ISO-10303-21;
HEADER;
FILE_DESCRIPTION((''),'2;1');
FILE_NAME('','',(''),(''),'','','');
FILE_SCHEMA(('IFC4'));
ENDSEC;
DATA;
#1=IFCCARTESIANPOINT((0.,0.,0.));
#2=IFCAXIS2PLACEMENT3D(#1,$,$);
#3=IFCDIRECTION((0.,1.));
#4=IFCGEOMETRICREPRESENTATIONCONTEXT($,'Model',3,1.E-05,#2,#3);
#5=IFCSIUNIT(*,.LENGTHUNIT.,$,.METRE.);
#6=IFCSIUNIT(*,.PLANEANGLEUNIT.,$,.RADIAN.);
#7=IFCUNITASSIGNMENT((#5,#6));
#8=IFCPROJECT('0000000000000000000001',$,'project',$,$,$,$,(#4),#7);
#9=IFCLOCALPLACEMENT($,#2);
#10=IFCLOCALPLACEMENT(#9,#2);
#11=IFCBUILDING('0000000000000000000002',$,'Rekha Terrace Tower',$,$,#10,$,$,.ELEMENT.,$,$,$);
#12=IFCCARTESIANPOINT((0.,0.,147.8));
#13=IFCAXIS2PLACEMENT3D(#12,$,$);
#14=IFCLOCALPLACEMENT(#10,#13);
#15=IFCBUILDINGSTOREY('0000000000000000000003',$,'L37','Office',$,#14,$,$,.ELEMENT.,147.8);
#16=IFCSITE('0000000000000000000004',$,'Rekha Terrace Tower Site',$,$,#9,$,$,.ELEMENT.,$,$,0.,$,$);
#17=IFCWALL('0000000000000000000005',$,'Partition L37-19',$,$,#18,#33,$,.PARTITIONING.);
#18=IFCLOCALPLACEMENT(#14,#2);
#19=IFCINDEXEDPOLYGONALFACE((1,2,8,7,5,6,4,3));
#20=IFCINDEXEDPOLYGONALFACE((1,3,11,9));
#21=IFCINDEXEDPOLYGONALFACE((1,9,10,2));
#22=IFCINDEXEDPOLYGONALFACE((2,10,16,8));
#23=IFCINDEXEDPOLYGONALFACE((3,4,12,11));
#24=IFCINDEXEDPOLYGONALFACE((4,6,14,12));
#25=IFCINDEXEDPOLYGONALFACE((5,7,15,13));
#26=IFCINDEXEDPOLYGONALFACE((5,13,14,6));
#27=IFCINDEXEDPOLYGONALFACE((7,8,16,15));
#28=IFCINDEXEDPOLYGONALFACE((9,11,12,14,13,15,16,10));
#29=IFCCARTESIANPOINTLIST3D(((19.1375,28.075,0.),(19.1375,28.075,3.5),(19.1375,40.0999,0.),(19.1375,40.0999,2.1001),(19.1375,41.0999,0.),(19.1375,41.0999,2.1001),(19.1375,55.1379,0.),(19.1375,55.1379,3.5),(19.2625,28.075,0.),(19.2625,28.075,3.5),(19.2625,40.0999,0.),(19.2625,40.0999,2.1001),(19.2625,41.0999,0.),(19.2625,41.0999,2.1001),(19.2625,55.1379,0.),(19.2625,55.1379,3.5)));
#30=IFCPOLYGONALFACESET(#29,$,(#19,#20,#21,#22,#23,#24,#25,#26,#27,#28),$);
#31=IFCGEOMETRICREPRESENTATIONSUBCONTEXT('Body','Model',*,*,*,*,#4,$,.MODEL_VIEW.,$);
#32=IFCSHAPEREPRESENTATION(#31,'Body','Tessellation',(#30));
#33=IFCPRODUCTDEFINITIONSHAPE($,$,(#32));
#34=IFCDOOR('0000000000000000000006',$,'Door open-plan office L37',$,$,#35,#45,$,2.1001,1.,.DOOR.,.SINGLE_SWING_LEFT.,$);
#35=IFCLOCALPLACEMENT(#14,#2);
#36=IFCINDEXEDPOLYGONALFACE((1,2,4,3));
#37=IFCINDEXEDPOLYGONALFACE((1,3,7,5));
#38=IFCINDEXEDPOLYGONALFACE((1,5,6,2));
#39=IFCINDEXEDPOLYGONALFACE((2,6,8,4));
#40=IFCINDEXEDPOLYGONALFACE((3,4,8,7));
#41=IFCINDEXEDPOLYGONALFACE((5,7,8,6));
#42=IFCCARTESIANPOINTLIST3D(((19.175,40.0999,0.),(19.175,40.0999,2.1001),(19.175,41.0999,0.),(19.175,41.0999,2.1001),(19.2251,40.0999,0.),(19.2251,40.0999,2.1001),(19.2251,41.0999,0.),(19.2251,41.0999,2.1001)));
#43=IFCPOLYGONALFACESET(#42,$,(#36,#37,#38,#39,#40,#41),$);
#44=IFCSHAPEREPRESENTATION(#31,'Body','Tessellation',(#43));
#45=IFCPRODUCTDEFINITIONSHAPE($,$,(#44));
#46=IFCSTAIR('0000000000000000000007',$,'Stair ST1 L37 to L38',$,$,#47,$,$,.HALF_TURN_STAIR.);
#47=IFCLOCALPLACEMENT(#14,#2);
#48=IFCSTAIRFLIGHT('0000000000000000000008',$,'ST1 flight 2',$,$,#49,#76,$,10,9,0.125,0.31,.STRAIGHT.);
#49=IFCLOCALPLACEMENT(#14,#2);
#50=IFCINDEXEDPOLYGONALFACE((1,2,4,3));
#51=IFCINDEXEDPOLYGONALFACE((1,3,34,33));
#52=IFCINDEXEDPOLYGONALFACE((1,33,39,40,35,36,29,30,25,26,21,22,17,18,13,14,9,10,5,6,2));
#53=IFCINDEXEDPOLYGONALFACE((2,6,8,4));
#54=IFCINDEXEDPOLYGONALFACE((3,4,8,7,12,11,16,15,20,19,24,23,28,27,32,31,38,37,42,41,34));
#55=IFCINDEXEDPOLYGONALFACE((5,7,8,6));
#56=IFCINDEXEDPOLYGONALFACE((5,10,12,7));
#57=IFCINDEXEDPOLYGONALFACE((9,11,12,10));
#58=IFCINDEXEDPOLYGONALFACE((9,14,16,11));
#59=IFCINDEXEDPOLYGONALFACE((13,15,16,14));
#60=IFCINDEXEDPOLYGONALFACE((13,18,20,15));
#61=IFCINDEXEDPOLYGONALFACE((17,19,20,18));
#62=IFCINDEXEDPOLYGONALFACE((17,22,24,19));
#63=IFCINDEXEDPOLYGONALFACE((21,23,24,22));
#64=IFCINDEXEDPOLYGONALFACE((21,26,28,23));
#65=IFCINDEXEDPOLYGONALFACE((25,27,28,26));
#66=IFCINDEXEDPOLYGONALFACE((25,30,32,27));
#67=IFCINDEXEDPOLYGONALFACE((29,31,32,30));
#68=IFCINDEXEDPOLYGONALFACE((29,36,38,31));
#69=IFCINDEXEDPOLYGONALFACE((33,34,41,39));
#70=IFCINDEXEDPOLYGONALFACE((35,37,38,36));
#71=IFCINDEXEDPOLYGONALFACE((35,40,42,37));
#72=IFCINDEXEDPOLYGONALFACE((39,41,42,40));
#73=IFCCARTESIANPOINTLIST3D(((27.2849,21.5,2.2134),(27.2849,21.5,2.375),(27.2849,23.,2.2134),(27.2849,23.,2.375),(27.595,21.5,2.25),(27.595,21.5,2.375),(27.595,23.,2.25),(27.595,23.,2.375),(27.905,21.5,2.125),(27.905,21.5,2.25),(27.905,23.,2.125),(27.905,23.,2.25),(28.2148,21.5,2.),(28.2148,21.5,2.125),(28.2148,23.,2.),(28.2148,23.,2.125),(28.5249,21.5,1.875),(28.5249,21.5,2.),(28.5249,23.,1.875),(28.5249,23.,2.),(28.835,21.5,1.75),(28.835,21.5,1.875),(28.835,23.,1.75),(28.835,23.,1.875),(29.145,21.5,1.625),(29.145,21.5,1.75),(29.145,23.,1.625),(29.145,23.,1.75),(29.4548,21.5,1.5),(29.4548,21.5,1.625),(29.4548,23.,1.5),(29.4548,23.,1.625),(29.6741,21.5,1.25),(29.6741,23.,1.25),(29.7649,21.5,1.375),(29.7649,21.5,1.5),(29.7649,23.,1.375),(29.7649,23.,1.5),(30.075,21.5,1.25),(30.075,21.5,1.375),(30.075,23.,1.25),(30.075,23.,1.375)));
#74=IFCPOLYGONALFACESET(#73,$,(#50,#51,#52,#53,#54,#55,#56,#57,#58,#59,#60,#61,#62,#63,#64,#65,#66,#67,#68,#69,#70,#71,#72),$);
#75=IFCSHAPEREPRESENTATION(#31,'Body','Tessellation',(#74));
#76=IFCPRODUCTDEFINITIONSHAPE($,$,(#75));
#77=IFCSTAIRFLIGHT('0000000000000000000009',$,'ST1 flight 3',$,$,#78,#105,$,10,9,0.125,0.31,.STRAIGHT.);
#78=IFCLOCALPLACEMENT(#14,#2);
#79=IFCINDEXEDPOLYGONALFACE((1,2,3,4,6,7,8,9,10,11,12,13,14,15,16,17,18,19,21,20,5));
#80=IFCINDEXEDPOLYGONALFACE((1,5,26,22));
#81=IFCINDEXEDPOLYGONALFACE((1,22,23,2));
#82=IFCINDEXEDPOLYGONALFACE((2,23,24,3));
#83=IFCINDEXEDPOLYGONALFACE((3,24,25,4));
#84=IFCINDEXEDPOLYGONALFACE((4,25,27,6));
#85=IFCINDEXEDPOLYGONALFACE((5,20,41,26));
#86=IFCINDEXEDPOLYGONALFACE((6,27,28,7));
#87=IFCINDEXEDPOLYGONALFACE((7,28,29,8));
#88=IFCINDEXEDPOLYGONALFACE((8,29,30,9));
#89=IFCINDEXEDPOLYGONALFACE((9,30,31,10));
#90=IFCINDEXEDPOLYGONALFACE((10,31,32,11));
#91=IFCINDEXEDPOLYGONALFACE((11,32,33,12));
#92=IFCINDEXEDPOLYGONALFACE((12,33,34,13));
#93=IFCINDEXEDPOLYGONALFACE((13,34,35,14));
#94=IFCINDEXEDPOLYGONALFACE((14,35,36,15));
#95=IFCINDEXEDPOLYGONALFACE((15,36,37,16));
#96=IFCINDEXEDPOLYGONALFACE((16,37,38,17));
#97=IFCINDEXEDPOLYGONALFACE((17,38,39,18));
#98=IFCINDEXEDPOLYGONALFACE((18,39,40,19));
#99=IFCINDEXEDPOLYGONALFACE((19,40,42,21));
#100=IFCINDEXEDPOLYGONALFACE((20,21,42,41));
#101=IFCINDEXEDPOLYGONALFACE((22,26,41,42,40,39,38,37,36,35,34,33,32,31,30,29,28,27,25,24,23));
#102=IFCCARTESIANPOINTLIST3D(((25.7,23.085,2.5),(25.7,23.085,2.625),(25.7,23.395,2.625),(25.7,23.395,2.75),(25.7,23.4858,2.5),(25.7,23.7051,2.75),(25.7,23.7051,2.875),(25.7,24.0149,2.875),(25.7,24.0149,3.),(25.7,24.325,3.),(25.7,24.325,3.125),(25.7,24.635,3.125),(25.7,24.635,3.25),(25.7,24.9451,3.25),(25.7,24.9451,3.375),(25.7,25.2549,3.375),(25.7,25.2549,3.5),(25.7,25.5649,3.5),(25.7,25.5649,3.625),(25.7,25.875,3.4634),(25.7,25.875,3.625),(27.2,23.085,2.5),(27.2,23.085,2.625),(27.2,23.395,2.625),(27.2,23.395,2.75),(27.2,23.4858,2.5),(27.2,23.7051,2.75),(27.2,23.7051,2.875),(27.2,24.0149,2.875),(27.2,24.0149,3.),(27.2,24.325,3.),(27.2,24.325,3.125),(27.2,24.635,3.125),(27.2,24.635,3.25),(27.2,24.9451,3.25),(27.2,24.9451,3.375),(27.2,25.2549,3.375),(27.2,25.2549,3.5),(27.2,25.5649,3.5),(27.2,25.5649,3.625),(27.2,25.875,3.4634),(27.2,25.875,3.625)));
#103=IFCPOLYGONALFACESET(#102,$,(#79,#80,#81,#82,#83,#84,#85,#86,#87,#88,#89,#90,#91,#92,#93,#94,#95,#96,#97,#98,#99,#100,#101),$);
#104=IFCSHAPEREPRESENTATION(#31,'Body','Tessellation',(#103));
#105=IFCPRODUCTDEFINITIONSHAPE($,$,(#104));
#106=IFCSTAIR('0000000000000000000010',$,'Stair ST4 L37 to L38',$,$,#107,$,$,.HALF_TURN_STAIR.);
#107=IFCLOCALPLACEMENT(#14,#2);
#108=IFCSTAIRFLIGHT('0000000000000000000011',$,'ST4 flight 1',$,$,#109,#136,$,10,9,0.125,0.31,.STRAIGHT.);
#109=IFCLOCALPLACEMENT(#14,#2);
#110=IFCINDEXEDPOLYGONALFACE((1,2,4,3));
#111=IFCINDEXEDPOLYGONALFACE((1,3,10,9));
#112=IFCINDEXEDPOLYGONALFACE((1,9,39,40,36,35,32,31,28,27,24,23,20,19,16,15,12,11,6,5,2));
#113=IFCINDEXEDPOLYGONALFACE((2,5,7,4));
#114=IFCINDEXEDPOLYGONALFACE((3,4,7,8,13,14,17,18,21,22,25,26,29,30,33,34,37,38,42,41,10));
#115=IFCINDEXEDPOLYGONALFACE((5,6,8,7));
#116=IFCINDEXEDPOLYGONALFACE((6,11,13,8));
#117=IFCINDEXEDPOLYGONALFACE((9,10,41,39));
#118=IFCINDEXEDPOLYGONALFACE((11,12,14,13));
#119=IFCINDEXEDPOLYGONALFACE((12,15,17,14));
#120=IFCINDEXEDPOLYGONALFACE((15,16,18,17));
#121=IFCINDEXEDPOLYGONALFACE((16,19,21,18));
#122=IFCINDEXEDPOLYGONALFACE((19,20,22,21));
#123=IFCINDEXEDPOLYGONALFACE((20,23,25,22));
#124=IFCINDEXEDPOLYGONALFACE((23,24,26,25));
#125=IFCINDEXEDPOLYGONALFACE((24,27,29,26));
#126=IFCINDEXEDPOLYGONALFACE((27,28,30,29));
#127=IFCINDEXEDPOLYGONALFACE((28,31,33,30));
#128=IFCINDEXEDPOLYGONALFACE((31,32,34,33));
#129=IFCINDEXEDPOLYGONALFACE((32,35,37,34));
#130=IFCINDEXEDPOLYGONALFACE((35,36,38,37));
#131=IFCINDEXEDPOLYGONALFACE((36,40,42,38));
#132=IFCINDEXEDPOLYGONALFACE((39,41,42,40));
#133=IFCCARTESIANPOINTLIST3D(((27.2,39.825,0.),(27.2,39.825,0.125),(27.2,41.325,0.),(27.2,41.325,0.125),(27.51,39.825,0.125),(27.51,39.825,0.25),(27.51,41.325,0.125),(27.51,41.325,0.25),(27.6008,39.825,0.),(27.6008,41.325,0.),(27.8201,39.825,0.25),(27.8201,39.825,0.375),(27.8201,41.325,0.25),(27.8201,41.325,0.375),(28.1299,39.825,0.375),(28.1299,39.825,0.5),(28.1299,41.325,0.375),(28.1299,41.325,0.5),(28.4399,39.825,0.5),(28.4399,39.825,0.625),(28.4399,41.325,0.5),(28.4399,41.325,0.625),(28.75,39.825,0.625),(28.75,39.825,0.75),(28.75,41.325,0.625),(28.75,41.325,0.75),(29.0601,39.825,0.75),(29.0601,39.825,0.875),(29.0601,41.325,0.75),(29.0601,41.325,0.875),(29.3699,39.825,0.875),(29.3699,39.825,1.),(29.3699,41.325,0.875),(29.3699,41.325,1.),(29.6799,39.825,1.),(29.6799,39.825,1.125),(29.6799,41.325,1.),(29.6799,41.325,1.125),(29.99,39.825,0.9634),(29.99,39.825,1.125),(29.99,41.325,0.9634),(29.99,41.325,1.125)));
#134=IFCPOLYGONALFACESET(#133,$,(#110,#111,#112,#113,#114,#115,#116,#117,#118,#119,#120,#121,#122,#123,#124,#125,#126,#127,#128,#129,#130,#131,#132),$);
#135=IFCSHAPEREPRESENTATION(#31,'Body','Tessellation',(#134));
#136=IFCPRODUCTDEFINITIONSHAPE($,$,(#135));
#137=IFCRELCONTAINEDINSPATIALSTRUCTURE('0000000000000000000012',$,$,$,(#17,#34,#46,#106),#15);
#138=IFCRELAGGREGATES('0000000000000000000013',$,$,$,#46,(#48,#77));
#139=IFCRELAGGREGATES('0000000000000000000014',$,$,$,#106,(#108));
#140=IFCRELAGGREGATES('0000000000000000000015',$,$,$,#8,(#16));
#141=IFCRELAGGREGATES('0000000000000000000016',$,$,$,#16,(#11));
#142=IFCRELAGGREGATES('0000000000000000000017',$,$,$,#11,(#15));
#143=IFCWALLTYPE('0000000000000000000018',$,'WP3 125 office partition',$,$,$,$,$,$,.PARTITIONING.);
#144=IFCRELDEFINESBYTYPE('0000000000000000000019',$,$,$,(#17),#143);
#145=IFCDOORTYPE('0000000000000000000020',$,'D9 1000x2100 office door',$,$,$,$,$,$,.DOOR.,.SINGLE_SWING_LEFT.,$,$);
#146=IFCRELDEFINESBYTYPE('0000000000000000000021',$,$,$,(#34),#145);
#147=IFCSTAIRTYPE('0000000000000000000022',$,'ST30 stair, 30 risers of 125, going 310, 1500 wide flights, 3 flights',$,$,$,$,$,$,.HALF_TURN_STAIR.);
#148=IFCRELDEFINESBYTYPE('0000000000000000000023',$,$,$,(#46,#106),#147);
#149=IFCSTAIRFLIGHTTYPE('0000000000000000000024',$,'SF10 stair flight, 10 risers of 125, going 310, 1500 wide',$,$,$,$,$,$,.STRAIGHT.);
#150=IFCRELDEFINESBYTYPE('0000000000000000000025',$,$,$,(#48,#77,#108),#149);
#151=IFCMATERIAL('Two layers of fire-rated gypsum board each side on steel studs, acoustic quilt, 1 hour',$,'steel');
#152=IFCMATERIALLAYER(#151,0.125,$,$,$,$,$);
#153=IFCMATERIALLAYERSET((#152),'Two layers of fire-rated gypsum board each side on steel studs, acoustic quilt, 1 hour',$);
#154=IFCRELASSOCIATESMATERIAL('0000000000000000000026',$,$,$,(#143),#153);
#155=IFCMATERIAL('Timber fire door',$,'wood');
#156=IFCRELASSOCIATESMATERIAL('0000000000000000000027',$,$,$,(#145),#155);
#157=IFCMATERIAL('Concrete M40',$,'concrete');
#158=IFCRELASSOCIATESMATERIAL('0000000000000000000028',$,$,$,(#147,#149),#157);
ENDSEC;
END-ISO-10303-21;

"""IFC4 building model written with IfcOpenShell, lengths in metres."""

from ifc_helpers import new_model, si_unit, direction, frame, frame_2d, origin, place, context, subcontext, project, spatial, polyline, rectangle, outline, extrude, material, layer, layer_set, type_object, element, fill, aggregate, save


model = new_model("IFC4")

# Units and contexts
model_context = context("Model", 3, precision=1e-05, world=origin(), true_north=direction((0.0, 1.0)))
body_context = subcontext(model_context, "Body", "Model", "MODEL_VIEW")
ifc_project = project(units=[si_unit("LENGTHUNIT", "METRE"), si_unit("PLANEANGLEUNIT", "RADIAN")], contexts=[model_context])

# Site, building, storey
site_placement = place(None, origin())
site = spatial("IfcSite", under=ifc_project, at=site_placement, Name="Rekha Terrace Tower Site", CompositionType="ELEMENT", RefElevation=0.0)
building_placement = place(site_placement, origin())
building = spatial("IfcBuilding", under=site, at=building_placement, Name="Rekha Terrace Tower", CompositionType="ELEMENT")
storey_placement = place(building_placement, frame((0.0, 0.0, 147.8)))
storey = spatial("IfcBuildingStorey", under=building, at=storey_placement, Name="L37", Description="Office", CompositionType="ELEMENT", Elevation=147.8)

# Wall, opening, door
ifc_material_1 = material(Name="Two layers of fire-rated gypsum board each side on steel studs, acoustic quilt, 1 hour", Category="steel")
ifc_layer_1 = layer(ifc_material_1, 0.125)
ifc_layer_set_1 = layer_set([ifc_layer_1], Name="Two layers of fire-rated gypsum board each side on steel studs, acoustic quilt, 1 hour")
wall_type_1 = type_object("IfcWallType", Name="WP3 125 office partition", PredefinedType="PARTITIONING", material=ifc_layer_set_1)
wall_1_placement = place(storey_placement, frame((19.2, 28.075, 0.0), z_axis=(0.0, 0.0, 1.0), x_axis=(0.0, 1.0, 0.0)))
wall_1 = element("IfcWall", 1, at=wall_1_placement, inside=storey, type_object=wall_type_1, Name="Partition L37-19", PredefinedType="PARTITIONING", context=body_context, shape_type="SweptSolid", body=[
    extrude(rectangle(XDim=27.063, YDim=0.125, at=frame_2d((13.5315, 0.0))), origin(), (0.0, 0.0, 1.0), 3.5),
])
opening_1_placement = place(wall_1_placement, frame((12.0249, 0.0, 0.0)))
opening_1 = element("IfcOpeningElement", 2, at=opening_1_placement, cuts=wall_1, PredefinedType="OPENING", context=body_context, shape_type="SweptSolid", body=[
    extrude(rectangle(XDim=1.0, YDim=2.1001, at=frame_2d((0.5, 1.05))), frame((0.0, 0.0725, 0.0), z_axis=(0.0, -1.0, 0.0), x_axis=(1.0, 0.0, 0.0)), (0.0, 0.0, 1.0), 0.145),
])
ifc_material_2 = material(Name="Timber fire door", Category="wood")
door_type_1 = type_object("IfcDoorType", Name="D9 1000x2100 office door", OperationType="SINGLE_SWING_LEFT", PredefinedType="DOOR", material=ifc_material_2)
door_1_placement = place(opening_1_placement, origin())
door_1 = element("IfcDoor", 3, at=door_1_placement, inside=storey, type_object=door_type_1, Name="Door open-plan office L37", OperationType="SINGLE_SWING_LEFT", OverallHeight=2.1001, OverallWidth=1.0, PredefinedType="DOOR", context=body_context, shape_type="SweptSolid", body=[
    extrude(rectangle(XDim=1.0, YDim=2.1001, at=frame_2d((0.5, 1.05))), frame((0.0, 0.0249, 0.0), z_axis=(0.0, -1.0, 0.0), x_axis=(1.0, 0.0, 0.0)), (0.0, 0.0, 1.0), 0.05),
])
fill(opening_1, door_1)

# Stair, stair flights
ifc_material_3 = material(Name="Concrete M40", Category="concrete")
stair_type = type_object("IfcStairType", Name="ST30 stair, 30 risers of 125, going 310, 1500 wide flights, 3 flights", PredefinedType="HALF_TURN_STAIR", material=ifc_material_3)
stair_1_placement = place(storey_placement, origin())
stair_1 = element("IfcStair", 4, at=stair_1_placement, inside=storey, type_object=stair_type, Name="Stair ST1 L37 to L38", PredefinedType="HALF_TURN_STAIR")
stair_flight_type = type_object("IfcStairFlightType", Name="SF10 stair flight, 10 risers of 125, going 310, 1500 wide", PredefinedType="STRAIGHT", material=ifc_material_3)
stair_flight_1_placement = place(storey_placement, frame((30.075, 22.25, 1.25), z_axis=(0.0, 0.0, 1.0), x_axis=(-1.0, 0.0, 0.0)))
stair_flight_1 = element("IfcStairFlight", 5, at=stair_flight_1_placement, type_object=stair_flight_type, Name="ST1 flight 2", NumberOfRisers=10, NumberOfTreads=9, PredefinedType="STRAIGHT", RiserHeight=0.125, TreadLength=0.31, context=body_context, shape_type="SweptSolid", body=[
    extrude(outline(polyline([(0.0, 0.0), (0.0, 0.125), (0.3101, 0.125), (0.3101, 0.25), (0.6201, 0.25), (0.6201, 0.375), (0.9299, 0.375), (0.9299, 0.5), (1.24, 0.5), (1.24, 0.625), (1.55, 0.625), (1.55, 0.75), (1.8601, 0.75), (1.8601, 0.875), (2.1699, 0.875), (2.1699, 1.0), (2.48, 1.0), (2.48, 1.125), (2.79, 1.125), (2.79, 1.25), (2.79, 0.9634), (0.4009, 0.0), (0.0, 0.0)])), frame((0.0, 0.75, 0.0), z_axis=(0.0, -1.0, 0.0), x_axis=(1.0, 0.0, 0.0)), (0.0, 0.0, 1.0), 1.5),
])
stair_flight_2_placement = place(storey_placement, frame((26.45, 23.085, 2.5), z_axis=(0.0, 0.0, 1.0), x_axis=(0.0, 1.0, 0.0)))
stair_flight_2 = element("IfcStairFlight", 6, at=stair_flight_2_placement, type_object=stair_flight_type, Name="ST1 flight 3", NumberOfRisers=10, NumberOfTreads=9, PredefinedType="STRAIGHT", RiserHeight=0.125, TreadLength=0.31, context=body_context, shape_type="SweptSolid", body=[
    extrude(outline(polyline([(0.0, 0.0), (0.0, 0.125), (0.3101, 0.125), (0.3101, 0.25), (0.6201, 0.25), (0.6201, 0.375), (0.9299, 0.375), (0.9299, 0.5), (1.24, 0.5), (1.24, 0.625), (1.55, 0.625), (1.55, 0.75), (1.8601, 0.75), (1.8601, 0.875), (2.1699, 0.875), (2.1699, 1.0), (2.48, 1.0), (2.48, 1.125), (2.79, 1.125), (2.79, 1.25), (2.79, 0.9634), (0.4009, 0.0), (0.0, 0.0)])), frame((0.0, 0.75, 0.0), z_axis=(0.0, -1.0, 0.0), x_axis=(1.0, 0.0, 0.0)), (0.0, 0.0, 1.0), 1.5),
])
aggregate(stair_1, [stair_flight_1, stair_flight_2])

# Stair, stair flight
stair_2_placement = place(storey_placement, origin())
stair_2 = element("IfcStair", 7, at=stair_2_placement, inside=storey, type_object=stair_type, Name="Stair ST4 L37 to L38", PredefinedType="HALF_TURN_STAIR")
stair_flight_3_placement = place(storey_placement, frame((27.2, 40.575, 0.0), z_axis=(0.0, 0.0, 1.0), x_axis=(1.0, 0.0, 0.0)))
stair_flight_3 = element("IfcStairFlight", 8, at=stair_flight_3_placement, type_object=stair_flight_type, Name="ST4 flight 1", NumberOfRisers=10, NumberOfTreads=9, PredefinedType="STRAIGHT", RiserHeight=0.125, TreadLength=0.31, context=body_context, shape_type="SweptSolid", body=[
    extrude(outline(polyline([(0.0, 0.0), (0.0, 0.125), (0.3101, 0.125), (0.3101, 0.25), (0.6201, 0.25), (0.6201, 0.375), (0.9299, 0.375), (0.9299, 0.5), (1.24, 0.5), (1.24, 0.625), (1.55, 0.625), (1.55, 0.75), (1.8601, 0.75), (1.8601, 0.875), (2.1699, 0.875), (2.1699, 1.0), (2.48, 1.0), (2.48, 1.125), (2.79, 1.125), (2.79, 1.25), (2.79, 0.9634), (0.4009, 0.0), (0.0, 0.0)])), frame((0.0, 0.75, 0.0), z_axis=(0.0, -1.0, 0.0), x_axis=(1.0, 0.0, 0.0)), (0.0, 0.0, 1.0), 1.5),
])
aggregate(stair_2, [stair_flight_3])

save(model, "model.ifc")
